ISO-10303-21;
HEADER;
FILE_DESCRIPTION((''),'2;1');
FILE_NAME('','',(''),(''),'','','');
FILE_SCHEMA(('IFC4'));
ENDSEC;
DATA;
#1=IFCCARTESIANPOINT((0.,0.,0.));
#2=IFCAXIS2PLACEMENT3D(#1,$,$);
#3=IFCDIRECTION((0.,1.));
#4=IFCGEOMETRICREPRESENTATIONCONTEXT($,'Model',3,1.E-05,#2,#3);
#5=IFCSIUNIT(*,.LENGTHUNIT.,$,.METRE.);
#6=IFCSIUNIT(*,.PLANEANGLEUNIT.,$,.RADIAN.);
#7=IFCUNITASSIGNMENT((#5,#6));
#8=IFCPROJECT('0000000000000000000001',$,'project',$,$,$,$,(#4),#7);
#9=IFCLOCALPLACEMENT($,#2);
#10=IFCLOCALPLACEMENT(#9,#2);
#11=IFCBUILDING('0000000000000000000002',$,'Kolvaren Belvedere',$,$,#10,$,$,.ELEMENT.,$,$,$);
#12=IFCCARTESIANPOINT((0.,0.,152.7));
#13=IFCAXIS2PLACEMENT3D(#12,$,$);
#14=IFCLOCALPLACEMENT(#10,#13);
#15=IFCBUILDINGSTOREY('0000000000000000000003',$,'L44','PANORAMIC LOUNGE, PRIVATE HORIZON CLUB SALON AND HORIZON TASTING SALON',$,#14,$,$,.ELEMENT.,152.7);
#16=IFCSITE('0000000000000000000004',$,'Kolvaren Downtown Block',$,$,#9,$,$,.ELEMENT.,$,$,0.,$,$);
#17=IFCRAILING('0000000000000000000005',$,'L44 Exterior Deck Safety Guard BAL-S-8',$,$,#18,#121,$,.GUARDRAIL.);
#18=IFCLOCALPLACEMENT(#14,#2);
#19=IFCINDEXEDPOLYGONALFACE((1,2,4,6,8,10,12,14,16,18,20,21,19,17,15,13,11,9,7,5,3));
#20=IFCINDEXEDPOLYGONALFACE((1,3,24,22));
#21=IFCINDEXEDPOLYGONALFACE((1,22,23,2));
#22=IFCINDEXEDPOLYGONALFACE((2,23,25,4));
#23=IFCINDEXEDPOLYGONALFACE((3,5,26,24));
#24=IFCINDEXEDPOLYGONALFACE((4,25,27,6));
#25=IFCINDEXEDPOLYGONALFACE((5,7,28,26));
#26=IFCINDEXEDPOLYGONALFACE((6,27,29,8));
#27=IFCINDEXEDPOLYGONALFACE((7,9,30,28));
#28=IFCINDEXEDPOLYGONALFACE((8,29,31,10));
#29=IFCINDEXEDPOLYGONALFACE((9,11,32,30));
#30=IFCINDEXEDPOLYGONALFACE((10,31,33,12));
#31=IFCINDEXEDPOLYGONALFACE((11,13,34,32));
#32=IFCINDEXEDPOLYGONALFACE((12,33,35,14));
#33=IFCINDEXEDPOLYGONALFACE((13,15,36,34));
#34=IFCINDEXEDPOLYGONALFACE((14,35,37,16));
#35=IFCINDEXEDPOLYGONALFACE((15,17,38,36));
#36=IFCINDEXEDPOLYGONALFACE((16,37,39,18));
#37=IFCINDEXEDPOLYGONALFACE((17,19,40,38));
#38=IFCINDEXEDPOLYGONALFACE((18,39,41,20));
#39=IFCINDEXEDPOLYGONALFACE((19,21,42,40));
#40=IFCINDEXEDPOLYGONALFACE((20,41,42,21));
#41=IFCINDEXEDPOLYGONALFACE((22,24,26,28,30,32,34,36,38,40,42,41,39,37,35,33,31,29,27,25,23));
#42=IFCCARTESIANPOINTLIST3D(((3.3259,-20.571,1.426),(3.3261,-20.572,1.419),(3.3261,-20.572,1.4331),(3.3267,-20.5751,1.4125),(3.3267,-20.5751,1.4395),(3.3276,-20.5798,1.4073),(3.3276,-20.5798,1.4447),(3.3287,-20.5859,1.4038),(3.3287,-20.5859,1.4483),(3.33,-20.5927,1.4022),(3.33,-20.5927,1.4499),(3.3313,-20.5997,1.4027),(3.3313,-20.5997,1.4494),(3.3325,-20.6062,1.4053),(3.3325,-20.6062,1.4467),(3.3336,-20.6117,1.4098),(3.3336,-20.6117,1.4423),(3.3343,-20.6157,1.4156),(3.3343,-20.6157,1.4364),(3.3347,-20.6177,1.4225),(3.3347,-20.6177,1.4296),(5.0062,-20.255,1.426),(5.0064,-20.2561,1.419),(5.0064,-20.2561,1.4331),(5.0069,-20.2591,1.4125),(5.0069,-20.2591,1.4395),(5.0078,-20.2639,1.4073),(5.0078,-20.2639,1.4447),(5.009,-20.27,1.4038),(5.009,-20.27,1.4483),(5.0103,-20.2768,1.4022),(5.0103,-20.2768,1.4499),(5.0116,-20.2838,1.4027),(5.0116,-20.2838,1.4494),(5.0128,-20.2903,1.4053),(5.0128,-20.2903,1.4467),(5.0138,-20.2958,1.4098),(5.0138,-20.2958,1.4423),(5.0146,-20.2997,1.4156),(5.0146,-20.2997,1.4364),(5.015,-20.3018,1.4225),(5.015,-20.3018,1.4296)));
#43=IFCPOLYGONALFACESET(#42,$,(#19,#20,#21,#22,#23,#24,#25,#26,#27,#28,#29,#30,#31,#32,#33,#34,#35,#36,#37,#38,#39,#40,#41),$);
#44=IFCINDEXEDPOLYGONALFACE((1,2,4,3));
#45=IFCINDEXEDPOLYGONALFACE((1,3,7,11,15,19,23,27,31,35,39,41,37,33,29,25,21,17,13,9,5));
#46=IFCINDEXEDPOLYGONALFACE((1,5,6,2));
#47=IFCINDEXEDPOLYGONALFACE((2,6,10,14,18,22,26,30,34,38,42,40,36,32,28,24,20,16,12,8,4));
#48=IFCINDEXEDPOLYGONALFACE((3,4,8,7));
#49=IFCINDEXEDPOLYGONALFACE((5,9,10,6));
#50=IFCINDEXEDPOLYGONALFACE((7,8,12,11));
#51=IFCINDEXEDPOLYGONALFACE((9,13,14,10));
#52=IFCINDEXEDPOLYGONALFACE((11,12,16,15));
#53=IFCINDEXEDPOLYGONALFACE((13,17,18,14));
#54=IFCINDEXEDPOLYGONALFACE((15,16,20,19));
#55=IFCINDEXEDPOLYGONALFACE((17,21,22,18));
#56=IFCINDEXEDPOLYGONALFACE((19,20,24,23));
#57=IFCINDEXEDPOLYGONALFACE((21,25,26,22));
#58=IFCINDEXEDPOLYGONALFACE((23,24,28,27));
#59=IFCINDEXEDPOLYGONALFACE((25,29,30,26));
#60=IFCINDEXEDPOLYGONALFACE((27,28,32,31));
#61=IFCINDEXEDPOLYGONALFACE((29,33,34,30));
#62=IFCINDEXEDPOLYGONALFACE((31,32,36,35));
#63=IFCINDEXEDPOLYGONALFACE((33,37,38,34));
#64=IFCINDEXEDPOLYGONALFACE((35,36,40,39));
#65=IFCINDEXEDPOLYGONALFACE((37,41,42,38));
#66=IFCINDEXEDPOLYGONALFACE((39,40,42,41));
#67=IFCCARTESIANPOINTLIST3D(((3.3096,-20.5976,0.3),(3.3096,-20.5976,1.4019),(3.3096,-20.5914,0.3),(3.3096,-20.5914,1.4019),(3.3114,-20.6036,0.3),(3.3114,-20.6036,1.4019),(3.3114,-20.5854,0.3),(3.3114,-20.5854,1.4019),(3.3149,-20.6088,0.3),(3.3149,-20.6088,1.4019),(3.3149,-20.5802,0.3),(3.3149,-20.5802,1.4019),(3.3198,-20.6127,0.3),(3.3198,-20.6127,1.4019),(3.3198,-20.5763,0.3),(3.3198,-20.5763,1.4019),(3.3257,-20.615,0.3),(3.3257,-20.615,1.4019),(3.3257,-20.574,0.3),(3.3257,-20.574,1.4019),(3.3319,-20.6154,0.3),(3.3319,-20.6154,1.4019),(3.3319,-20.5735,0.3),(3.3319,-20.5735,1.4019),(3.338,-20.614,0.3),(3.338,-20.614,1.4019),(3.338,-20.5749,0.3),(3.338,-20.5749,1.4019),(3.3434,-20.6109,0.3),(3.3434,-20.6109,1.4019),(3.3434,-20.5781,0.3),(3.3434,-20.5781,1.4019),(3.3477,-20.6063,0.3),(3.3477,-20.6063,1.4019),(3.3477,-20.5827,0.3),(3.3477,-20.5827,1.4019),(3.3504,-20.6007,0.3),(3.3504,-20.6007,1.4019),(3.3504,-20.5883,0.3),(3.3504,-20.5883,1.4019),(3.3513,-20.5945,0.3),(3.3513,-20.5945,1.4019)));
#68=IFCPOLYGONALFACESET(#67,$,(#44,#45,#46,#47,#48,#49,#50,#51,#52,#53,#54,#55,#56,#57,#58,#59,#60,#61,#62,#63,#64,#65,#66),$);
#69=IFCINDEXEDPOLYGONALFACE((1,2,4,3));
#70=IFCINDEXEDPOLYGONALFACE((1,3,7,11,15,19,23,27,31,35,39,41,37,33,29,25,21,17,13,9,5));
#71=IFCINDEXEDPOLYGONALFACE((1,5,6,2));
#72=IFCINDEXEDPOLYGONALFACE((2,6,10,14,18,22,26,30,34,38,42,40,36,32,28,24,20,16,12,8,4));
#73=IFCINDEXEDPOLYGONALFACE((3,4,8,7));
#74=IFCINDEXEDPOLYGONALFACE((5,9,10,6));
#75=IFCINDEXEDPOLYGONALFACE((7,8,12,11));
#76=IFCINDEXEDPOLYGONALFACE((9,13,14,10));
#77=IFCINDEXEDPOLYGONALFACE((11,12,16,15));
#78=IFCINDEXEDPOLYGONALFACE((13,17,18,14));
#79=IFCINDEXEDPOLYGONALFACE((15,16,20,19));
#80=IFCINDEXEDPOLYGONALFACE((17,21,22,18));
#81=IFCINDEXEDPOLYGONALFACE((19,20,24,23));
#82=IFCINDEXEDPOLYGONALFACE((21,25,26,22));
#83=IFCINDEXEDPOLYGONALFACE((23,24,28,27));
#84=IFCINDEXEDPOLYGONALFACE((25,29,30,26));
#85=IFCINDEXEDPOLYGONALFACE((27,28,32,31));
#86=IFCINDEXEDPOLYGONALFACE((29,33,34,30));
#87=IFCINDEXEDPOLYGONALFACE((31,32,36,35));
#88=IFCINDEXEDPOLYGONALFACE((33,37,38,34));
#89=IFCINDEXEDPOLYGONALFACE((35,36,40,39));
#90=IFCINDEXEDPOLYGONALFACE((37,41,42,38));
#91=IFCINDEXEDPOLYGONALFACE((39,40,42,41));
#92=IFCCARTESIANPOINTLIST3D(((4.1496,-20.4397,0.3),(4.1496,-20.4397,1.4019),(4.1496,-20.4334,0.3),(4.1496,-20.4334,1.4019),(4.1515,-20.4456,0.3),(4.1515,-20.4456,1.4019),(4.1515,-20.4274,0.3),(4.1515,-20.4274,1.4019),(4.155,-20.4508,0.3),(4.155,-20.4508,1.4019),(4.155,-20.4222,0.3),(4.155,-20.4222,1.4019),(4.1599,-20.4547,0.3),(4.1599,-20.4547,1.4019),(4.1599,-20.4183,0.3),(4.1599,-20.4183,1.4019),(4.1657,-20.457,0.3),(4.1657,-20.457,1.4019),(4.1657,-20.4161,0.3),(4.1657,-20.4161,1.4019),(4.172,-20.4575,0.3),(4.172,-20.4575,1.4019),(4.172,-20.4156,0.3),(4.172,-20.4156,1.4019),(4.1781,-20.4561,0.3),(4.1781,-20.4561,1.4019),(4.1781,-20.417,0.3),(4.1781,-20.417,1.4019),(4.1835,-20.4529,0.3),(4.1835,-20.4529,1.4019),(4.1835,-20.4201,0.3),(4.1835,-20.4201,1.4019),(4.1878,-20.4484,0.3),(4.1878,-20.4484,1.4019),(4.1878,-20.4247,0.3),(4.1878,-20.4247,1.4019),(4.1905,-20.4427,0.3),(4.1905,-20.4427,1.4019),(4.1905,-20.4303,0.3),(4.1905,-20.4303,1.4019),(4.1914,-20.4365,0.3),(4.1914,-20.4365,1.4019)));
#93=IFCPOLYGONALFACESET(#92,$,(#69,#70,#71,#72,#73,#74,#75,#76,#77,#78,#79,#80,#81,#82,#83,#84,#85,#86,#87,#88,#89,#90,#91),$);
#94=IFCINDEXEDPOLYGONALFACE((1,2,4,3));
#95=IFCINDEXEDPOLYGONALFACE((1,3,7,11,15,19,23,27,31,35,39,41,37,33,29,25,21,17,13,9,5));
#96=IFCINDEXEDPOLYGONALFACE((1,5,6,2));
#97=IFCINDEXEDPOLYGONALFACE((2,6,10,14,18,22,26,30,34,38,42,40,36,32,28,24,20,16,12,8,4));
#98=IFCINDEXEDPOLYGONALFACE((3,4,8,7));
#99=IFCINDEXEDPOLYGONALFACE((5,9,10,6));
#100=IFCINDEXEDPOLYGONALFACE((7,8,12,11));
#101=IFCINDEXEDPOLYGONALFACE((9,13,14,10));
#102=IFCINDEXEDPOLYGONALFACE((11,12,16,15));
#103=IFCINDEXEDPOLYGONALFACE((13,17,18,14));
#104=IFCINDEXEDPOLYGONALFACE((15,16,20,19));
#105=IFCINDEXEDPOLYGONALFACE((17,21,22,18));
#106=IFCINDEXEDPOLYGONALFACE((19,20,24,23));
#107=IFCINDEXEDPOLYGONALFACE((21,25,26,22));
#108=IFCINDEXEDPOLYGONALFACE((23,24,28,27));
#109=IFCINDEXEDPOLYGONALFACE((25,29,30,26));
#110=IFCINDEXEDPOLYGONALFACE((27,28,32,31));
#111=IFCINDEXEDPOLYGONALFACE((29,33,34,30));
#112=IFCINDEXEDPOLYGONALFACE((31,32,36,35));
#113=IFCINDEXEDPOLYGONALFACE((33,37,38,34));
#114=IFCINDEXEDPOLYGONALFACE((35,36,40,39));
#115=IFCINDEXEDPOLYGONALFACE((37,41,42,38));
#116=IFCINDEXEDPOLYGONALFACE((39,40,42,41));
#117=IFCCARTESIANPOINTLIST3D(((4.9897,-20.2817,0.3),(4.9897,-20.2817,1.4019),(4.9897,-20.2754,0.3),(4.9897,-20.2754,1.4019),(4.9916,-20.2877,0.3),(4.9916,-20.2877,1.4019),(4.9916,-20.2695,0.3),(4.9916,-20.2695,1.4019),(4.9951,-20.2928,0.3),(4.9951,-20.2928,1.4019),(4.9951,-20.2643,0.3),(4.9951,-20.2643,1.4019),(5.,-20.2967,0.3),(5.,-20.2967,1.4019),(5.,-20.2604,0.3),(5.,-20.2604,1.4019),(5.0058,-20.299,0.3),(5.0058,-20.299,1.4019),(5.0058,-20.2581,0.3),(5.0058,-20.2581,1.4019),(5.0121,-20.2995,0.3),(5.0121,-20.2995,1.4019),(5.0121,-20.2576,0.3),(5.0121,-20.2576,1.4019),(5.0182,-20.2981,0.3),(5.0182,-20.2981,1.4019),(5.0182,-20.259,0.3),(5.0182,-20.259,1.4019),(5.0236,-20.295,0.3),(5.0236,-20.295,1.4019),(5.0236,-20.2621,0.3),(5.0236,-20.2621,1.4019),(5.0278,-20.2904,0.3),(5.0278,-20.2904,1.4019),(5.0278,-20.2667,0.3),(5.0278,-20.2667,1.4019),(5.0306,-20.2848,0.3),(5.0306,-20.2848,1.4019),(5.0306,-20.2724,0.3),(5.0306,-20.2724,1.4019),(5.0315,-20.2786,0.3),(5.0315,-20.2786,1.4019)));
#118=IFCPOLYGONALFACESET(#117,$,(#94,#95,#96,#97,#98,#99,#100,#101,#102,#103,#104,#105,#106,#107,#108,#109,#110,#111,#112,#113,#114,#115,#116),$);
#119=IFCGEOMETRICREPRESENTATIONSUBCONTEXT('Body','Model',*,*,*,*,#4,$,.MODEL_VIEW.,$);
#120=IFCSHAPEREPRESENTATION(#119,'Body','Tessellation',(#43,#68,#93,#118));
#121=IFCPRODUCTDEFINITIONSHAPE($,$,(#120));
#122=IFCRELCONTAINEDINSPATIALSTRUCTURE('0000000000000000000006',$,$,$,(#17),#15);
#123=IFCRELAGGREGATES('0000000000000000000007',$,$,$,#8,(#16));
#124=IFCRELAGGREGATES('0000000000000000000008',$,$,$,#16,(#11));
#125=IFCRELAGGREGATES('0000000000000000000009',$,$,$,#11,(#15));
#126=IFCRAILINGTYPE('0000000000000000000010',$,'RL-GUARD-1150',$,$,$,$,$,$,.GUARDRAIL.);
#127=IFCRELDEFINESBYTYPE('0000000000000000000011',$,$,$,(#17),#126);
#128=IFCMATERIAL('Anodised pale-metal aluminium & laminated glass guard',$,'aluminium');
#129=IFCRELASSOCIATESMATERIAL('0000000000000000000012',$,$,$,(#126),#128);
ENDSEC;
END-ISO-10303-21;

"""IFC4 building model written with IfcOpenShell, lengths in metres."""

from ifc_helpers import new_model, si_unit, direction, frame, origin, origin_2d, place, context, subcontext, project, spatial, circle, extrude, material, type_object, element, save


model = new_model("IFC4")

# Units and contexts
model_context = context("Model", 3, precision=1e-05, world=origin(), true_north=direction((0.0, 1.0)))
body_context = subcontext(model_context, "Body", "Model", "MODEL_VIEW")
ifc_project = project(units=[si_unit("LENGTHUNIT", "METRE"), si_unit("PLANEANGLEUNIT", "RADIAN")], contexts=[model_context])

# Site, building, storey
site_placement = place(None, origin())
site = spatial("IfcSite", under=ifc_project, at=site_placement, Name="Kolvaren Downtown Block", CompositionType="ELEMENT", RefElevation=0.0)
building_placement = place(site_placement, origin())
building = spatial("IfcBuilding", under=site, at=building_placement, Name="Kolvaren Belvedere", CompositionType="ELEMENT")
storey_placement = place(building_placement, frame((0.0, 0.0, 152.7)))
storey = spatial("IfcBuildingStorey", under=building, at=storey_placement, Name="L44", Description="PANORAMIC LOUNGE, PRIVATE HORIZON CLUB SALON AND HORIZON TASTING SALON", CompositionType="ELEMENT", Elevation=152.7)

# Railing
ifc_material_1 = material(Name="Anodised pale-metal aluminium & laminated glass guard", Category="aluminium")
railing_type = type_object("IfcRailingType", Name="RL-GUARD-1150", PredefinedType="GUARDRAIL", material=ifc_material_1)
railing_1_placement = place(storey_placement, frame((3.3303, -20.5945, 0.3)))
element("IfcRailing", 1, at=railing_1_placement, inside=storey, type_object=railing_type, Name="L44 Exterior Deck Safety Guard BAL-S-8", PredefinedType="GUARDRAIL", context=body_context, shape_type="SweptSolid", body=[
    extrude(circle(Radius=0.0239, at=origin_2d()), frame((0.0, 0.0, 1.126), z_axis=(0.982778, 0.184789, 0.0), x_axis=(-0.184789, 0.982778, 0.0)), (0.0, 0.0, 1.0), 1.7097),
    extrude(circle(Radius=0.021, at=origin_2d()), origin(), (0.0, 0.0, 1.0), 1.1018),
    extrude(circle(Radius=0.021, at=origin_2d()), frame((0.8401, 0.158, 0.0)), (0.0, 0.0, 1.0), 1.1018),
    extrude(circle(Radius=0.021, at=origin_2d()), frame((1.6802, 0.3159, 0.0)), (0.0, 0.0, 1.0), 1.1018),
])

save(model, "model.ifc")
